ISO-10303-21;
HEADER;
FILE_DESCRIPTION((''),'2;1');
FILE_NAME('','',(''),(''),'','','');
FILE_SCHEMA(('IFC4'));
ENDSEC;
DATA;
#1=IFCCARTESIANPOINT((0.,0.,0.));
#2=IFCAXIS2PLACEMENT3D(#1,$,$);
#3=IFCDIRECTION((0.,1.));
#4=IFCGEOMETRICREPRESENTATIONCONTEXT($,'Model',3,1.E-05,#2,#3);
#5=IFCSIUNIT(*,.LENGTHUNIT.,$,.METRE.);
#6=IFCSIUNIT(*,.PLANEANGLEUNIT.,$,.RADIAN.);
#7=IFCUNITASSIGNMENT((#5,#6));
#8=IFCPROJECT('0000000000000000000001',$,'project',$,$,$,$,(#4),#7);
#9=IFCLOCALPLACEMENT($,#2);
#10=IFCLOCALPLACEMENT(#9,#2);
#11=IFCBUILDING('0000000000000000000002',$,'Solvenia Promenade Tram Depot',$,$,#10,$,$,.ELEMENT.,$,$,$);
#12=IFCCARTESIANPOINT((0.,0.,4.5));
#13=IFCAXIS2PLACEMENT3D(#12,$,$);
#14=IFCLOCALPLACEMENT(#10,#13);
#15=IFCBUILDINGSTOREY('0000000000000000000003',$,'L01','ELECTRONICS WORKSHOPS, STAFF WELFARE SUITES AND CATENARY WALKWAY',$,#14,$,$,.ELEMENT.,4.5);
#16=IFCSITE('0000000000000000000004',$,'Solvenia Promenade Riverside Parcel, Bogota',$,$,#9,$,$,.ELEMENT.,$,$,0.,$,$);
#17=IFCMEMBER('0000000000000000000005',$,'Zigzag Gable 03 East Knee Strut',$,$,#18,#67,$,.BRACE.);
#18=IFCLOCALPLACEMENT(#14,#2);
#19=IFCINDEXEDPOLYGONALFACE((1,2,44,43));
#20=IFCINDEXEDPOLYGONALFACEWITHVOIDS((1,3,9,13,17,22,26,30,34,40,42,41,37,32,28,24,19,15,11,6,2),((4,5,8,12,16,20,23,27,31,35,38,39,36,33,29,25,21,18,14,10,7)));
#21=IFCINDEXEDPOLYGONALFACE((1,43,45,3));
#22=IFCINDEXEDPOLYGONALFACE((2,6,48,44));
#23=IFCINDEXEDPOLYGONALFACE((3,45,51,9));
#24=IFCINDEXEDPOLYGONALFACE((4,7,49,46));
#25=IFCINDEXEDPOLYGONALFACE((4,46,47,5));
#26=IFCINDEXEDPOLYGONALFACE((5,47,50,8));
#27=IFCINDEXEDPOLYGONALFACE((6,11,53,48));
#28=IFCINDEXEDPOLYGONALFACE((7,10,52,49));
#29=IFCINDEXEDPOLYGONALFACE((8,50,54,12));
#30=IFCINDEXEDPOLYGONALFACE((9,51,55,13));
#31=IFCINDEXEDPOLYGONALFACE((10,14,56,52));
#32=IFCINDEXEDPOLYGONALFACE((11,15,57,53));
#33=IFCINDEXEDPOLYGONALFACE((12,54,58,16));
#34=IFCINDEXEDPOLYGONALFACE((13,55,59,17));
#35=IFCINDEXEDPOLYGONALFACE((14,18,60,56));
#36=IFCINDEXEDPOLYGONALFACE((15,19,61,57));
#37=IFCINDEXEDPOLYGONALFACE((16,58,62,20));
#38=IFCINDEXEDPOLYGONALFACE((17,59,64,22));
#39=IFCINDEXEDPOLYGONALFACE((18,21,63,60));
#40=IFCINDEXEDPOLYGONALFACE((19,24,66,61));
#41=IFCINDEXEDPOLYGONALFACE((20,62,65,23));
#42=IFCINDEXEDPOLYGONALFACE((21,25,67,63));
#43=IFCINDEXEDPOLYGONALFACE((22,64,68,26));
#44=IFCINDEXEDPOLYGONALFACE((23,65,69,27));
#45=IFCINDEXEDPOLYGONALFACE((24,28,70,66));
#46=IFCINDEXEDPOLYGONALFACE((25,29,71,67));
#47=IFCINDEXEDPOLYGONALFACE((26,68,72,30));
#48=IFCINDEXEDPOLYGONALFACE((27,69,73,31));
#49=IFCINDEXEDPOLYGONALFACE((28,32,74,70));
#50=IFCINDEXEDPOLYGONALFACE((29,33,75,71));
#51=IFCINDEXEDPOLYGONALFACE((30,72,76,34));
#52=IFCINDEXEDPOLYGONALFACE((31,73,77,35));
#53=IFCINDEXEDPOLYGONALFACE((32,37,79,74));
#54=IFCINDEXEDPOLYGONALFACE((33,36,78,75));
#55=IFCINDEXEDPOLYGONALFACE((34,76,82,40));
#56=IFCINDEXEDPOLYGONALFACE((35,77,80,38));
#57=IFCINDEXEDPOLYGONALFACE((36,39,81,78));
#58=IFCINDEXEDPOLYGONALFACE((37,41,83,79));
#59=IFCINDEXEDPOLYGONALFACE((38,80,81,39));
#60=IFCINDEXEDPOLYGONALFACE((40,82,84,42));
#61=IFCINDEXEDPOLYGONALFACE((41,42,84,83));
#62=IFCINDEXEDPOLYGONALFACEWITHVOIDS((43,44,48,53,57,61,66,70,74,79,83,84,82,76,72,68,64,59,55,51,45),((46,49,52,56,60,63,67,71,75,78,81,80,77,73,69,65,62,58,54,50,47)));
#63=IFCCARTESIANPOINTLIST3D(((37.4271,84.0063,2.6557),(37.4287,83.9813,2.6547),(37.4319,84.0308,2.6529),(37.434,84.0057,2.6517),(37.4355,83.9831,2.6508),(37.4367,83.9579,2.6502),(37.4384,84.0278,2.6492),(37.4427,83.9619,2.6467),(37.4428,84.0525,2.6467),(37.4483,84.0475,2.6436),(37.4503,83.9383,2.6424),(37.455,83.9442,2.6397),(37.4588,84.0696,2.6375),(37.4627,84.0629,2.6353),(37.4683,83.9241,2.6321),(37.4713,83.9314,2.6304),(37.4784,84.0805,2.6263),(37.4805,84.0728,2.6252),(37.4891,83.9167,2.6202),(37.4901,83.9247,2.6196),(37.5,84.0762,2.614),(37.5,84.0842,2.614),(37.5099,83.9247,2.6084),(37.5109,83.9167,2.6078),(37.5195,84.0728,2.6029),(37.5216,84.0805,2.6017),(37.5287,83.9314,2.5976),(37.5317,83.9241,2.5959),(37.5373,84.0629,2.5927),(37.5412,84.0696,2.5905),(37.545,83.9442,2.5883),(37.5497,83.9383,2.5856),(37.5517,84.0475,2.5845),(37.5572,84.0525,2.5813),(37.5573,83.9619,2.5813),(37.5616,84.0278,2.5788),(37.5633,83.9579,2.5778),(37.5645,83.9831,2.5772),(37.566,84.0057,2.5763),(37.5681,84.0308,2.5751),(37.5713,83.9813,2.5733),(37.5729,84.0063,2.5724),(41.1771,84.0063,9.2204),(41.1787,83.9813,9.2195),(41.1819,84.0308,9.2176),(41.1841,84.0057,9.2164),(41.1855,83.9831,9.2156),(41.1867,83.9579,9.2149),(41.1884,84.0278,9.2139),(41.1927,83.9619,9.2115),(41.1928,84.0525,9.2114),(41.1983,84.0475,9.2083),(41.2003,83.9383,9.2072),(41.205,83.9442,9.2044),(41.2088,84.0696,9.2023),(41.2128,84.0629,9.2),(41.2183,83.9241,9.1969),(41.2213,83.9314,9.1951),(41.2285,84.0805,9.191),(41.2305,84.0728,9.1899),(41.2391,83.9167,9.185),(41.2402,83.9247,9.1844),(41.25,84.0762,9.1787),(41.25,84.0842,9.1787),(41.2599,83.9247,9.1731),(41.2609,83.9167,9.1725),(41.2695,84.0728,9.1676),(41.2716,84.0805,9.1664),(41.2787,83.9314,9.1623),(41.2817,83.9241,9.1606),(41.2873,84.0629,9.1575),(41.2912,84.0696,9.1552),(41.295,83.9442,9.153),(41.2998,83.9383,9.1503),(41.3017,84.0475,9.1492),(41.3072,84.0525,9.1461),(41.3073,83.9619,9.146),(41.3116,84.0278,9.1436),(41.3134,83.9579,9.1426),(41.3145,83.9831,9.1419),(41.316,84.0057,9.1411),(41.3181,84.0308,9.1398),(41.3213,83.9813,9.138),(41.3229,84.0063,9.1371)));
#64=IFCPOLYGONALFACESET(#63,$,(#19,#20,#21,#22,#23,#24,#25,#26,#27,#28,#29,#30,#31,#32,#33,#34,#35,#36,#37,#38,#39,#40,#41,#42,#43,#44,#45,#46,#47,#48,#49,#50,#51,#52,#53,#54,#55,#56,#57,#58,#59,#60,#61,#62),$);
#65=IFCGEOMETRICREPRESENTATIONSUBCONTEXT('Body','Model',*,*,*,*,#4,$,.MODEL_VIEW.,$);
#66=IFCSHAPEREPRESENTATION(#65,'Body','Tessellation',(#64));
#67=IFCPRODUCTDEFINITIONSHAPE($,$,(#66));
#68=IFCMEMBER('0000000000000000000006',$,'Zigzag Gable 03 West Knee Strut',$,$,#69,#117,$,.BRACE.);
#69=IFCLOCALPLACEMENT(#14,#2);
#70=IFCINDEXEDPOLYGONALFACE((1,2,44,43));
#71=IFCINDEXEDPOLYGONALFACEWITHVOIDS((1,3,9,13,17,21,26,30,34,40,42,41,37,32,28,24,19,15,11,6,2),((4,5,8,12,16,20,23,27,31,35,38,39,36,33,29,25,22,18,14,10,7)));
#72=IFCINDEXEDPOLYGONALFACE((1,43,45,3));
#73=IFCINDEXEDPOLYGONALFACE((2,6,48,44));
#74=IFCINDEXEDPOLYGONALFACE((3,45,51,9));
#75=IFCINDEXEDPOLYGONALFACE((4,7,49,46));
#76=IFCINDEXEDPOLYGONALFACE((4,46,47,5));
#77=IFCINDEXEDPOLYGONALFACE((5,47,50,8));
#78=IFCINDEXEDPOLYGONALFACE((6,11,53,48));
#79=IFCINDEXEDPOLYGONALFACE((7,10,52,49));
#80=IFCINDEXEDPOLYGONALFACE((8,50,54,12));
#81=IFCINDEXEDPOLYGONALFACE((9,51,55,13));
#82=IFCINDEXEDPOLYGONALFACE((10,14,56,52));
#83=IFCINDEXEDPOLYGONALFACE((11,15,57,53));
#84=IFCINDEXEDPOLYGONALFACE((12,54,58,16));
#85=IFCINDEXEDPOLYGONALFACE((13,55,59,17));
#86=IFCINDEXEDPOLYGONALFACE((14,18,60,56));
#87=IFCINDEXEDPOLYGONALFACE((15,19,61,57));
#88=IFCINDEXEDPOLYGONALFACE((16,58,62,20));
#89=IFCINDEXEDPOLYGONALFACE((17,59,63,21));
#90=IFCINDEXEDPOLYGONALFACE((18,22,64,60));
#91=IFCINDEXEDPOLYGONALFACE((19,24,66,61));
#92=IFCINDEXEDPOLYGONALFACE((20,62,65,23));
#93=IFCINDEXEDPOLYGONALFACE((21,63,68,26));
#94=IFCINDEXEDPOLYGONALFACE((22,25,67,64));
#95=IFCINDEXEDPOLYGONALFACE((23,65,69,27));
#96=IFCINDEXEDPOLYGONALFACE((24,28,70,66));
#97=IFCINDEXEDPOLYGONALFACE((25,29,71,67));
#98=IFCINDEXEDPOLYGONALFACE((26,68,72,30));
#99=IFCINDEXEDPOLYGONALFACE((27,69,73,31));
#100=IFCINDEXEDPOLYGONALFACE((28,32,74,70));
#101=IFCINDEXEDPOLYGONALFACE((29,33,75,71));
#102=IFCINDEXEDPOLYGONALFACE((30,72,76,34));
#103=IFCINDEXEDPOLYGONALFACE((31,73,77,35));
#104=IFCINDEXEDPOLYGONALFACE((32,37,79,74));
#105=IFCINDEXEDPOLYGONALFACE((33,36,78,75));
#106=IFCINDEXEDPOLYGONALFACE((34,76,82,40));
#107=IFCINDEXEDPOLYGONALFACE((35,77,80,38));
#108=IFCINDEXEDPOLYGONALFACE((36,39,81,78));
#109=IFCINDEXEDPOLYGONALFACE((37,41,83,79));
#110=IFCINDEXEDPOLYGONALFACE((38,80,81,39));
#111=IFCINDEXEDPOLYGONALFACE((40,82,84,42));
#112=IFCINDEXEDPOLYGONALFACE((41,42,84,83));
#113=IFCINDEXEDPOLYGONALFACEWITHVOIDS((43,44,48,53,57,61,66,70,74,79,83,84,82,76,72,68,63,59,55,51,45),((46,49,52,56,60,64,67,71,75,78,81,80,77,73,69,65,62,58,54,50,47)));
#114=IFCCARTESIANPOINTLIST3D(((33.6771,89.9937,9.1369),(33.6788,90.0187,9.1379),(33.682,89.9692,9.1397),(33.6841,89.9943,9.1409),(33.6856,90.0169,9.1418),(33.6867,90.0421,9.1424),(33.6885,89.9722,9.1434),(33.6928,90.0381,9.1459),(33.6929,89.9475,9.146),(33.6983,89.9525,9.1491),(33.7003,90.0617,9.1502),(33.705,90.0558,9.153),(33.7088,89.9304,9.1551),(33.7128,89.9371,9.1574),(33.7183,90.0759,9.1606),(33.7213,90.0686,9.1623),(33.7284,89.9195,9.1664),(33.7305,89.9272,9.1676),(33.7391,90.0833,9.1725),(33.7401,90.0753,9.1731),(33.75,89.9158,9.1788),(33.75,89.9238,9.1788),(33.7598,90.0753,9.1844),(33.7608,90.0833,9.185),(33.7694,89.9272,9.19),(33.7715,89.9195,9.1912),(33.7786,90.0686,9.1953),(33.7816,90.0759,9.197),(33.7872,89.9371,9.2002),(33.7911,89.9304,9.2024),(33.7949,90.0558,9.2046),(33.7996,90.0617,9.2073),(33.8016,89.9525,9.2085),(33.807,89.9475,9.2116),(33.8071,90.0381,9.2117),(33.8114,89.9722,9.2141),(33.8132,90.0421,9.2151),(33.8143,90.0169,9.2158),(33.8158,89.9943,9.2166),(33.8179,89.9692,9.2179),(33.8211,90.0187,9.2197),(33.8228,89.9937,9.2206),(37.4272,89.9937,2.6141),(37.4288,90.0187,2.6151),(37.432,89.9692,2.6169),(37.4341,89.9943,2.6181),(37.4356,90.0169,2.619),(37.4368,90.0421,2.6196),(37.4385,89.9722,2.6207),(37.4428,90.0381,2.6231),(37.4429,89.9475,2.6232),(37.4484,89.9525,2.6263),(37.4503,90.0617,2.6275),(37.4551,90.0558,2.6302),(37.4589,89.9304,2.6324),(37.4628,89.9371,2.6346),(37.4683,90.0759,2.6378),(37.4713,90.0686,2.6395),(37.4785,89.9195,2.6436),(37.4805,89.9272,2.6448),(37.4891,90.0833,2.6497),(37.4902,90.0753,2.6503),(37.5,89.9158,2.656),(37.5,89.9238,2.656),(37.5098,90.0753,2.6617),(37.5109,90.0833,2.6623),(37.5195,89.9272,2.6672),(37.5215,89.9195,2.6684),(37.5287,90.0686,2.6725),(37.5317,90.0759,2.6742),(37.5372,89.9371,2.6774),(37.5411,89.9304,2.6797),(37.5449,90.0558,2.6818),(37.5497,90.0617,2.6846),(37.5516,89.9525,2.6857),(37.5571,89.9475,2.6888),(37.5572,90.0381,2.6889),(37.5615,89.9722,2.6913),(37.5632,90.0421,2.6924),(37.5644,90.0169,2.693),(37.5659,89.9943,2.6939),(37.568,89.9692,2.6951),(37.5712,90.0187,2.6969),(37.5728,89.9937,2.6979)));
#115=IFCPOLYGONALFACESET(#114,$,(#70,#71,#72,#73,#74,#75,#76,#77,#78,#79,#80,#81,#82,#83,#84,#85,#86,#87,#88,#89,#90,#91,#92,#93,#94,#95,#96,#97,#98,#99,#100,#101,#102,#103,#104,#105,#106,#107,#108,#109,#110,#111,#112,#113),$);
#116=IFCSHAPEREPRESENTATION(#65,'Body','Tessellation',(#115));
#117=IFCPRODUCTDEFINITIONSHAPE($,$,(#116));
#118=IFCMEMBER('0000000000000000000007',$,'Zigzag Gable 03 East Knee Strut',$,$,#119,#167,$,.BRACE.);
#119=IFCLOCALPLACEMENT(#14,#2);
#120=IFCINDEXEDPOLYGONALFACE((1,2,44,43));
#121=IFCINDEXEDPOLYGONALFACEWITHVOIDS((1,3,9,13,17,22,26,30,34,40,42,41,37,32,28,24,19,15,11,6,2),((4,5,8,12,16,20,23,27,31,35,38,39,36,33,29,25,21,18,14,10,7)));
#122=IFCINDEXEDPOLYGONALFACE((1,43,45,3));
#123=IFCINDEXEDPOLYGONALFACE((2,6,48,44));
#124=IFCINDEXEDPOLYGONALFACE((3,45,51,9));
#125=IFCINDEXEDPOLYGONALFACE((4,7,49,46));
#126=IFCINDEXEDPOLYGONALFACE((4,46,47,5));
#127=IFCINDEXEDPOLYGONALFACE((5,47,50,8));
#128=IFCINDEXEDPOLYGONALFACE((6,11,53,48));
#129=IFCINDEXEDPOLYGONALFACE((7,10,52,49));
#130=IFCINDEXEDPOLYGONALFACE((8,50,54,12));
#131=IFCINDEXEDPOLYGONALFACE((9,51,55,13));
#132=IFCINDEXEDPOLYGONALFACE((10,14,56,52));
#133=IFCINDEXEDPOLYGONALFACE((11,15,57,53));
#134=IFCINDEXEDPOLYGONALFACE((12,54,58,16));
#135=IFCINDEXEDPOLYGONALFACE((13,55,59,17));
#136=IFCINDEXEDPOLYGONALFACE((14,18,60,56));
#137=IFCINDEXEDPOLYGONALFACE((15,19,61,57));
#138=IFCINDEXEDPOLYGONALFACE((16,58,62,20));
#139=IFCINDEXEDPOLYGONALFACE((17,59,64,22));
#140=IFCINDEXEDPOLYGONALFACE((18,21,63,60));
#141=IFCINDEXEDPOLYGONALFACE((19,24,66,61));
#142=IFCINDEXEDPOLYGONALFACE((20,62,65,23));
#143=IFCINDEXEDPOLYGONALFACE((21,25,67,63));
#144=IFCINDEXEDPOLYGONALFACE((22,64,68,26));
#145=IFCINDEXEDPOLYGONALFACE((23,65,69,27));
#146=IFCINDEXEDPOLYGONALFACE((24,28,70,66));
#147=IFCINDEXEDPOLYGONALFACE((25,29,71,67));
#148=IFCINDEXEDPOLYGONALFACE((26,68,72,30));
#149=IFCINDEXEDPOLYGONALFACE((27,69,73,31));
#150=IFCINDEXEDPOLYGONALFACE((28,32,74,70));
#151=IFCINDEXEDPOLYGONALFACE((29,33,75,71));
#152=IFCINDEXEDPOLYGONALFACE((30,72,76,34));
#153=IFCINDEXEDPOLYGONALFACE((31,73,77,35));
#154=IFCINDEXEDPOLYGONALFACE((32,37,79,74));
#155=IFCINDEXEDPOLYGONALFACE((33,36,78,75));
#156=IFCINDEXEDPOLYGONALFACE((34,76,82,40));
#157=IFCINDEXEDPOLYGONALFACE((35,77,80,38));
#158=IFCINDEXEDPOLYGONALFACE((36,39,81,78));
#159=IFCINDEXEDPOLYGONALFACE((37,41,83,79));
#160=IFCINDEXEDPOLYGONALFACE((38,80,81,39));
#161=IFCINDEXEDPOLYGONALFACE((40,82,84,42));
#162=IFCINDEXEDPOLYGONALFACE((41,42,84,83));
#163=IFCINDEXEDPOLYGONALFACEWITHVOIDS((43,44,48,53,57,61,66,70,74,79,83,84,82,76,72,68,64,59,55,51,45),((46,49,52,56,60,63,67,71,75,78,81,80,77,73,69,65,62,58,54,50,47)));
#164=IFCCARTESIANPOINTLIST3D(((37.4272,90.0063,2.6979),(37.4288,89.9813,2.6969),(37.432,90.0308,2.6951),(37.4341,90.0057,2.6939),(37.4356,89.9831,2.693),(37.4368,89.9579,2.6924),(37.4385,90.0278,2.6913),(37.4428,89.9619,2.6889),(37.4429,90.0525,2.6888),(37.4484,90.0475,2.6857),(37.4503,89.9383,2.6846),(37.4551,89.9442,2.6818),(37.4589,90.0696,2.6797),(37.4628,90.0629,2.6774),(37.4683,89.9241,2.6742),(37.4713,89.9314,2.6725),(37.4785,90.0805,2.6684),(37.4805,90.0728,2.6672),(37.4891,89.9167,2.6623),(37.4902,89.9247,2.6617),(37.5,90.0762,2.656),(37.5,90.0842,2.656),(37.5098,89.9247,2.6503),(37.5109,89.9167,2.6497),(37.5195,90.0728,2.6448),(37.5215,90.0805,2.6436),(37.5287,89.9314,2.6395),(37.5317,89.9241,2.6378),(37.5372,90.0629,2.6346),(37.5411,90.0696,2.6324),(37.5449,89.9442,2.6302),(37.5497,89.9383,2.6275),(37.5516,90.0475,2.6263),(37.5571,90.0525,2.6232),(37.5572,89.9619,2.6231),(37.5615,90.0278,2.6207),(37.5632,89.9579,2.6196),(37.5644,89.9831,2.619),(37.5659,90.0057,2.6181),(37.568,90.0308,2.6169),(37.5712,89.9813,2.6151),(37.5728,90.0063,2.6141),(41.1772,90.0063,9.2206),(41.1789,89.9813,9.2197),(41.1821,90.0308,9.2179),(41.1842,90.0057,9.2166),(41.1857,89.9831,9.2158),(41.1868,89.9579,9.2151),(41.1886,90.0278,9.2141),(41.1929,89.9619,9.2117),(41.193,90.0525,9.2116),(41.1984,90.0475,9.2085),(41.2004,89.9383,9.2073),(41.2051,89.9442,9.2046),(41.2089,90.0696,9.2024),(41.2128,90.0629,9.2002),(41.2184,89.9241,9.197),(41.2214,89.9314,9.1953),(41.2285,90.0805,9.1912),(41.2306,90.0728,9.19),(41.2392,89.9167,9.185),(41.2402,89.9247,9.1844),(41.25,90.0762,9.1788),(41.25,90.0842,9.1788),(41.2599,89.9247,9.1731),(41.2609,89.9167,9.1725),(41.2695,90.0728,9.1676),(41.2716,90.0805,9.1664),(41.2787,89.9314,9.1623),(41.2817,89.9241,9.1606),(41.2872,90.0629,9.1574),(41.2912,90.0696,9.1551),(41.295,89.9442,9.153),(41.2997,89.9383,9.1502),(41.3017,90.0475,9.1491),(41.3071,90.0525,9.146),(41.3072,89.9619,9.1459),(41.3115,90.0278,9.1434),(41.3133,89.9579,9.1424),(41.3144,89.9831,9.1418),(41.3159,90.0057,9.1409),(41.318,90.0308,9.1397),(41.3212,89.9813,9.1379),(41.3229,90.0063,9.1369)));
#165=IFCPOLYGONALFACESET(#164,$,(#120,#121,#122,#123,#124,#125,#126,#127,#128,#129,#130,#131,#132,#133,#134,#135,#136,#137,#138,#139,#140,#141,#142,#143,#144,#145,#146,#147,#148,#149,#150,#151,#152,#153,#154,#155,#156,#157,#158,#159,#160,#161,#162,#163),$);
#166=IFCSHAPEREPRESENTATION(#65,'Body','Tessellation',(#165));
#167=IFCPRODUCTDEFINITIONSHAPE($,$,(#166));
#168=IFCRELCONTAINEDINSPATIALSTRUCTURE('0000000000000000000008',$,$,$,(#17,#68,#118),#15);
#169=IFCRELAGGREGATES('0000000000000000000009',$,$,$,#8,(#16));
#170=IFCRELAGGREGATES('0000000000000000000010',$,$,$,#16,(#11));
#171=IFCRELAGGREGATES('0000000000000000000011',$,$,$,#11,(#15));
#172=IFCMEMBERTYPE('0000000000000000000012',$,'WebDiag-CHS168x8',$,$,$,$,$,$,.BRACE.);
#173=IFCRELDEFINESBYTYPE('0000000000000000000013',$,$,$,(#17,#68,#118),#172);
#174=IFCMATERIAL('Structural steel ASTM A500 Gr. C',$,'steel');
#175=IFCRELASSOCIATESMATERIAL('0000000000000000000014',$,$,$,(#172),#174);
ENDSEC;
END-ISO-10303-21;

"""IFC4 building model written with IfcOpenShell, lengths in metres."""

from ifc_helpers import new_model, si_unit, direction, frame, origin, origin_2d, place, context, subcontext, project, spatial, hollow_circle, extrude, material, material_profile, profile_set, type_object, element, save


model = new_model("IFC4")

# Units and contexts
model_context = context("Model", 3, precision=1e-05, world=origin(), true_north=direction((0.0, 1.0)))
body_context = subcontext(model_context, "Body", "Model", "MODEL_VIEW")
ifc_project = project(units=[si_unit("LENGTHUNIT", "METRE"), si_unit("PLANEANGLEUNIT", "RADIAN")], contexts=[model_context])

# Site, building, storey
site_placement = place(None, origin())
site = spatial("IfcSite", under=ifc_project, at=site_placement, Name="Solvenia Promenade Riverside Parcel, Bogota", CompositionType="ELEMENT", RefElevation=0.0)
building_placement = place(site_placement, origin())
building = spatial("IfcBuilding", under=site, at=building_placement, Name="Solvenia Promenade Tram Depot", CompositionType="ELEMENT")
storey_placement = place(building_placement, frame((0.0, 0.0, 4.5)))
storey = spatial("IfcBuildingStorey", under=building, at=storey_placement, Name="L01", Description="ELECTRONICS WORKSHOPS, STAFF WELFARE SUITES AND CATENARY WALKWAY", CompositionType="ELEMENT", Elevation=4.5)

# Members
ifc_material = material(Name="Structural steel ASTM A500 Gr. C", Category="steel")
ifc_material_profile_1 = material_profile(ifc_material, hollow_circle(Radius=0.0842, WallThickness=0.0081, at=origin_2d()), Name="CHS168.3x8", Category="steel")
ifc_profile_set_1 = profile_set([ifc_material_profile_1], Name="Structural steel ASTM A500 Gr. C")
member_type_1 = type_object("IfcMemberType", Name="WebDiag-CHS168x8", PredefinedType="BRACE", material=ifc_profile_set_1)
for number, where, z_axis, x_axis, name in (
    (1, (37.5, 84.0, 2.614), (0.496014, 0.0, 0.868315), (0.0, 1.0, 0.0), "Zigzag Gable 03 East Knee Strut"),
):
    element("IfcMember", number, at=place(storey_placement, frame(where, z_axis=z_axis, x_axis=x_axis)), inside=storey, type_object=member_type_1, Name=name, PredefinedType="BRACE", context=body_context, shape_type="SweptSolid", body=[
        extrude(hollow_circle(Radius=0.0842, WallThickness=0.0081, at=origin_2d()), origin(), (0.0, 0.0, 1.0), 7.5603),
    ])
for number, where, z_axis, x_axis, name in (
    (2, (37.5, 90.0, 2.656), (-0.498416, 0.0, 0.866938), (0.0, -1.0, 0.0), "Zigzag Gable 03 West Knee Strut"),
    (3, (37.5, 90.0, 2.656), (0.498416, 0.0, 0.866938), (0.0, 1.0, 0.0), "Zigzag Gable 03 East Knee Strut"),
):
    element("IfcMember", number, at=place(storey_placement, frame(where, z_axis=z_axis, x_axis=x_axis)), inside=storey, type_object=member_type_1, Name=name, PredefinedType="BRACE", context=body_context, shape_type="SweptSolid", body=[
        extrude(hollow_circle(Radius=0.0842, WallThickness=0.0081, at=origin_2d()), origin(), (0.0, 0.0, 1.0), 7.5239),
    ])

save(model, "model.ifc")
